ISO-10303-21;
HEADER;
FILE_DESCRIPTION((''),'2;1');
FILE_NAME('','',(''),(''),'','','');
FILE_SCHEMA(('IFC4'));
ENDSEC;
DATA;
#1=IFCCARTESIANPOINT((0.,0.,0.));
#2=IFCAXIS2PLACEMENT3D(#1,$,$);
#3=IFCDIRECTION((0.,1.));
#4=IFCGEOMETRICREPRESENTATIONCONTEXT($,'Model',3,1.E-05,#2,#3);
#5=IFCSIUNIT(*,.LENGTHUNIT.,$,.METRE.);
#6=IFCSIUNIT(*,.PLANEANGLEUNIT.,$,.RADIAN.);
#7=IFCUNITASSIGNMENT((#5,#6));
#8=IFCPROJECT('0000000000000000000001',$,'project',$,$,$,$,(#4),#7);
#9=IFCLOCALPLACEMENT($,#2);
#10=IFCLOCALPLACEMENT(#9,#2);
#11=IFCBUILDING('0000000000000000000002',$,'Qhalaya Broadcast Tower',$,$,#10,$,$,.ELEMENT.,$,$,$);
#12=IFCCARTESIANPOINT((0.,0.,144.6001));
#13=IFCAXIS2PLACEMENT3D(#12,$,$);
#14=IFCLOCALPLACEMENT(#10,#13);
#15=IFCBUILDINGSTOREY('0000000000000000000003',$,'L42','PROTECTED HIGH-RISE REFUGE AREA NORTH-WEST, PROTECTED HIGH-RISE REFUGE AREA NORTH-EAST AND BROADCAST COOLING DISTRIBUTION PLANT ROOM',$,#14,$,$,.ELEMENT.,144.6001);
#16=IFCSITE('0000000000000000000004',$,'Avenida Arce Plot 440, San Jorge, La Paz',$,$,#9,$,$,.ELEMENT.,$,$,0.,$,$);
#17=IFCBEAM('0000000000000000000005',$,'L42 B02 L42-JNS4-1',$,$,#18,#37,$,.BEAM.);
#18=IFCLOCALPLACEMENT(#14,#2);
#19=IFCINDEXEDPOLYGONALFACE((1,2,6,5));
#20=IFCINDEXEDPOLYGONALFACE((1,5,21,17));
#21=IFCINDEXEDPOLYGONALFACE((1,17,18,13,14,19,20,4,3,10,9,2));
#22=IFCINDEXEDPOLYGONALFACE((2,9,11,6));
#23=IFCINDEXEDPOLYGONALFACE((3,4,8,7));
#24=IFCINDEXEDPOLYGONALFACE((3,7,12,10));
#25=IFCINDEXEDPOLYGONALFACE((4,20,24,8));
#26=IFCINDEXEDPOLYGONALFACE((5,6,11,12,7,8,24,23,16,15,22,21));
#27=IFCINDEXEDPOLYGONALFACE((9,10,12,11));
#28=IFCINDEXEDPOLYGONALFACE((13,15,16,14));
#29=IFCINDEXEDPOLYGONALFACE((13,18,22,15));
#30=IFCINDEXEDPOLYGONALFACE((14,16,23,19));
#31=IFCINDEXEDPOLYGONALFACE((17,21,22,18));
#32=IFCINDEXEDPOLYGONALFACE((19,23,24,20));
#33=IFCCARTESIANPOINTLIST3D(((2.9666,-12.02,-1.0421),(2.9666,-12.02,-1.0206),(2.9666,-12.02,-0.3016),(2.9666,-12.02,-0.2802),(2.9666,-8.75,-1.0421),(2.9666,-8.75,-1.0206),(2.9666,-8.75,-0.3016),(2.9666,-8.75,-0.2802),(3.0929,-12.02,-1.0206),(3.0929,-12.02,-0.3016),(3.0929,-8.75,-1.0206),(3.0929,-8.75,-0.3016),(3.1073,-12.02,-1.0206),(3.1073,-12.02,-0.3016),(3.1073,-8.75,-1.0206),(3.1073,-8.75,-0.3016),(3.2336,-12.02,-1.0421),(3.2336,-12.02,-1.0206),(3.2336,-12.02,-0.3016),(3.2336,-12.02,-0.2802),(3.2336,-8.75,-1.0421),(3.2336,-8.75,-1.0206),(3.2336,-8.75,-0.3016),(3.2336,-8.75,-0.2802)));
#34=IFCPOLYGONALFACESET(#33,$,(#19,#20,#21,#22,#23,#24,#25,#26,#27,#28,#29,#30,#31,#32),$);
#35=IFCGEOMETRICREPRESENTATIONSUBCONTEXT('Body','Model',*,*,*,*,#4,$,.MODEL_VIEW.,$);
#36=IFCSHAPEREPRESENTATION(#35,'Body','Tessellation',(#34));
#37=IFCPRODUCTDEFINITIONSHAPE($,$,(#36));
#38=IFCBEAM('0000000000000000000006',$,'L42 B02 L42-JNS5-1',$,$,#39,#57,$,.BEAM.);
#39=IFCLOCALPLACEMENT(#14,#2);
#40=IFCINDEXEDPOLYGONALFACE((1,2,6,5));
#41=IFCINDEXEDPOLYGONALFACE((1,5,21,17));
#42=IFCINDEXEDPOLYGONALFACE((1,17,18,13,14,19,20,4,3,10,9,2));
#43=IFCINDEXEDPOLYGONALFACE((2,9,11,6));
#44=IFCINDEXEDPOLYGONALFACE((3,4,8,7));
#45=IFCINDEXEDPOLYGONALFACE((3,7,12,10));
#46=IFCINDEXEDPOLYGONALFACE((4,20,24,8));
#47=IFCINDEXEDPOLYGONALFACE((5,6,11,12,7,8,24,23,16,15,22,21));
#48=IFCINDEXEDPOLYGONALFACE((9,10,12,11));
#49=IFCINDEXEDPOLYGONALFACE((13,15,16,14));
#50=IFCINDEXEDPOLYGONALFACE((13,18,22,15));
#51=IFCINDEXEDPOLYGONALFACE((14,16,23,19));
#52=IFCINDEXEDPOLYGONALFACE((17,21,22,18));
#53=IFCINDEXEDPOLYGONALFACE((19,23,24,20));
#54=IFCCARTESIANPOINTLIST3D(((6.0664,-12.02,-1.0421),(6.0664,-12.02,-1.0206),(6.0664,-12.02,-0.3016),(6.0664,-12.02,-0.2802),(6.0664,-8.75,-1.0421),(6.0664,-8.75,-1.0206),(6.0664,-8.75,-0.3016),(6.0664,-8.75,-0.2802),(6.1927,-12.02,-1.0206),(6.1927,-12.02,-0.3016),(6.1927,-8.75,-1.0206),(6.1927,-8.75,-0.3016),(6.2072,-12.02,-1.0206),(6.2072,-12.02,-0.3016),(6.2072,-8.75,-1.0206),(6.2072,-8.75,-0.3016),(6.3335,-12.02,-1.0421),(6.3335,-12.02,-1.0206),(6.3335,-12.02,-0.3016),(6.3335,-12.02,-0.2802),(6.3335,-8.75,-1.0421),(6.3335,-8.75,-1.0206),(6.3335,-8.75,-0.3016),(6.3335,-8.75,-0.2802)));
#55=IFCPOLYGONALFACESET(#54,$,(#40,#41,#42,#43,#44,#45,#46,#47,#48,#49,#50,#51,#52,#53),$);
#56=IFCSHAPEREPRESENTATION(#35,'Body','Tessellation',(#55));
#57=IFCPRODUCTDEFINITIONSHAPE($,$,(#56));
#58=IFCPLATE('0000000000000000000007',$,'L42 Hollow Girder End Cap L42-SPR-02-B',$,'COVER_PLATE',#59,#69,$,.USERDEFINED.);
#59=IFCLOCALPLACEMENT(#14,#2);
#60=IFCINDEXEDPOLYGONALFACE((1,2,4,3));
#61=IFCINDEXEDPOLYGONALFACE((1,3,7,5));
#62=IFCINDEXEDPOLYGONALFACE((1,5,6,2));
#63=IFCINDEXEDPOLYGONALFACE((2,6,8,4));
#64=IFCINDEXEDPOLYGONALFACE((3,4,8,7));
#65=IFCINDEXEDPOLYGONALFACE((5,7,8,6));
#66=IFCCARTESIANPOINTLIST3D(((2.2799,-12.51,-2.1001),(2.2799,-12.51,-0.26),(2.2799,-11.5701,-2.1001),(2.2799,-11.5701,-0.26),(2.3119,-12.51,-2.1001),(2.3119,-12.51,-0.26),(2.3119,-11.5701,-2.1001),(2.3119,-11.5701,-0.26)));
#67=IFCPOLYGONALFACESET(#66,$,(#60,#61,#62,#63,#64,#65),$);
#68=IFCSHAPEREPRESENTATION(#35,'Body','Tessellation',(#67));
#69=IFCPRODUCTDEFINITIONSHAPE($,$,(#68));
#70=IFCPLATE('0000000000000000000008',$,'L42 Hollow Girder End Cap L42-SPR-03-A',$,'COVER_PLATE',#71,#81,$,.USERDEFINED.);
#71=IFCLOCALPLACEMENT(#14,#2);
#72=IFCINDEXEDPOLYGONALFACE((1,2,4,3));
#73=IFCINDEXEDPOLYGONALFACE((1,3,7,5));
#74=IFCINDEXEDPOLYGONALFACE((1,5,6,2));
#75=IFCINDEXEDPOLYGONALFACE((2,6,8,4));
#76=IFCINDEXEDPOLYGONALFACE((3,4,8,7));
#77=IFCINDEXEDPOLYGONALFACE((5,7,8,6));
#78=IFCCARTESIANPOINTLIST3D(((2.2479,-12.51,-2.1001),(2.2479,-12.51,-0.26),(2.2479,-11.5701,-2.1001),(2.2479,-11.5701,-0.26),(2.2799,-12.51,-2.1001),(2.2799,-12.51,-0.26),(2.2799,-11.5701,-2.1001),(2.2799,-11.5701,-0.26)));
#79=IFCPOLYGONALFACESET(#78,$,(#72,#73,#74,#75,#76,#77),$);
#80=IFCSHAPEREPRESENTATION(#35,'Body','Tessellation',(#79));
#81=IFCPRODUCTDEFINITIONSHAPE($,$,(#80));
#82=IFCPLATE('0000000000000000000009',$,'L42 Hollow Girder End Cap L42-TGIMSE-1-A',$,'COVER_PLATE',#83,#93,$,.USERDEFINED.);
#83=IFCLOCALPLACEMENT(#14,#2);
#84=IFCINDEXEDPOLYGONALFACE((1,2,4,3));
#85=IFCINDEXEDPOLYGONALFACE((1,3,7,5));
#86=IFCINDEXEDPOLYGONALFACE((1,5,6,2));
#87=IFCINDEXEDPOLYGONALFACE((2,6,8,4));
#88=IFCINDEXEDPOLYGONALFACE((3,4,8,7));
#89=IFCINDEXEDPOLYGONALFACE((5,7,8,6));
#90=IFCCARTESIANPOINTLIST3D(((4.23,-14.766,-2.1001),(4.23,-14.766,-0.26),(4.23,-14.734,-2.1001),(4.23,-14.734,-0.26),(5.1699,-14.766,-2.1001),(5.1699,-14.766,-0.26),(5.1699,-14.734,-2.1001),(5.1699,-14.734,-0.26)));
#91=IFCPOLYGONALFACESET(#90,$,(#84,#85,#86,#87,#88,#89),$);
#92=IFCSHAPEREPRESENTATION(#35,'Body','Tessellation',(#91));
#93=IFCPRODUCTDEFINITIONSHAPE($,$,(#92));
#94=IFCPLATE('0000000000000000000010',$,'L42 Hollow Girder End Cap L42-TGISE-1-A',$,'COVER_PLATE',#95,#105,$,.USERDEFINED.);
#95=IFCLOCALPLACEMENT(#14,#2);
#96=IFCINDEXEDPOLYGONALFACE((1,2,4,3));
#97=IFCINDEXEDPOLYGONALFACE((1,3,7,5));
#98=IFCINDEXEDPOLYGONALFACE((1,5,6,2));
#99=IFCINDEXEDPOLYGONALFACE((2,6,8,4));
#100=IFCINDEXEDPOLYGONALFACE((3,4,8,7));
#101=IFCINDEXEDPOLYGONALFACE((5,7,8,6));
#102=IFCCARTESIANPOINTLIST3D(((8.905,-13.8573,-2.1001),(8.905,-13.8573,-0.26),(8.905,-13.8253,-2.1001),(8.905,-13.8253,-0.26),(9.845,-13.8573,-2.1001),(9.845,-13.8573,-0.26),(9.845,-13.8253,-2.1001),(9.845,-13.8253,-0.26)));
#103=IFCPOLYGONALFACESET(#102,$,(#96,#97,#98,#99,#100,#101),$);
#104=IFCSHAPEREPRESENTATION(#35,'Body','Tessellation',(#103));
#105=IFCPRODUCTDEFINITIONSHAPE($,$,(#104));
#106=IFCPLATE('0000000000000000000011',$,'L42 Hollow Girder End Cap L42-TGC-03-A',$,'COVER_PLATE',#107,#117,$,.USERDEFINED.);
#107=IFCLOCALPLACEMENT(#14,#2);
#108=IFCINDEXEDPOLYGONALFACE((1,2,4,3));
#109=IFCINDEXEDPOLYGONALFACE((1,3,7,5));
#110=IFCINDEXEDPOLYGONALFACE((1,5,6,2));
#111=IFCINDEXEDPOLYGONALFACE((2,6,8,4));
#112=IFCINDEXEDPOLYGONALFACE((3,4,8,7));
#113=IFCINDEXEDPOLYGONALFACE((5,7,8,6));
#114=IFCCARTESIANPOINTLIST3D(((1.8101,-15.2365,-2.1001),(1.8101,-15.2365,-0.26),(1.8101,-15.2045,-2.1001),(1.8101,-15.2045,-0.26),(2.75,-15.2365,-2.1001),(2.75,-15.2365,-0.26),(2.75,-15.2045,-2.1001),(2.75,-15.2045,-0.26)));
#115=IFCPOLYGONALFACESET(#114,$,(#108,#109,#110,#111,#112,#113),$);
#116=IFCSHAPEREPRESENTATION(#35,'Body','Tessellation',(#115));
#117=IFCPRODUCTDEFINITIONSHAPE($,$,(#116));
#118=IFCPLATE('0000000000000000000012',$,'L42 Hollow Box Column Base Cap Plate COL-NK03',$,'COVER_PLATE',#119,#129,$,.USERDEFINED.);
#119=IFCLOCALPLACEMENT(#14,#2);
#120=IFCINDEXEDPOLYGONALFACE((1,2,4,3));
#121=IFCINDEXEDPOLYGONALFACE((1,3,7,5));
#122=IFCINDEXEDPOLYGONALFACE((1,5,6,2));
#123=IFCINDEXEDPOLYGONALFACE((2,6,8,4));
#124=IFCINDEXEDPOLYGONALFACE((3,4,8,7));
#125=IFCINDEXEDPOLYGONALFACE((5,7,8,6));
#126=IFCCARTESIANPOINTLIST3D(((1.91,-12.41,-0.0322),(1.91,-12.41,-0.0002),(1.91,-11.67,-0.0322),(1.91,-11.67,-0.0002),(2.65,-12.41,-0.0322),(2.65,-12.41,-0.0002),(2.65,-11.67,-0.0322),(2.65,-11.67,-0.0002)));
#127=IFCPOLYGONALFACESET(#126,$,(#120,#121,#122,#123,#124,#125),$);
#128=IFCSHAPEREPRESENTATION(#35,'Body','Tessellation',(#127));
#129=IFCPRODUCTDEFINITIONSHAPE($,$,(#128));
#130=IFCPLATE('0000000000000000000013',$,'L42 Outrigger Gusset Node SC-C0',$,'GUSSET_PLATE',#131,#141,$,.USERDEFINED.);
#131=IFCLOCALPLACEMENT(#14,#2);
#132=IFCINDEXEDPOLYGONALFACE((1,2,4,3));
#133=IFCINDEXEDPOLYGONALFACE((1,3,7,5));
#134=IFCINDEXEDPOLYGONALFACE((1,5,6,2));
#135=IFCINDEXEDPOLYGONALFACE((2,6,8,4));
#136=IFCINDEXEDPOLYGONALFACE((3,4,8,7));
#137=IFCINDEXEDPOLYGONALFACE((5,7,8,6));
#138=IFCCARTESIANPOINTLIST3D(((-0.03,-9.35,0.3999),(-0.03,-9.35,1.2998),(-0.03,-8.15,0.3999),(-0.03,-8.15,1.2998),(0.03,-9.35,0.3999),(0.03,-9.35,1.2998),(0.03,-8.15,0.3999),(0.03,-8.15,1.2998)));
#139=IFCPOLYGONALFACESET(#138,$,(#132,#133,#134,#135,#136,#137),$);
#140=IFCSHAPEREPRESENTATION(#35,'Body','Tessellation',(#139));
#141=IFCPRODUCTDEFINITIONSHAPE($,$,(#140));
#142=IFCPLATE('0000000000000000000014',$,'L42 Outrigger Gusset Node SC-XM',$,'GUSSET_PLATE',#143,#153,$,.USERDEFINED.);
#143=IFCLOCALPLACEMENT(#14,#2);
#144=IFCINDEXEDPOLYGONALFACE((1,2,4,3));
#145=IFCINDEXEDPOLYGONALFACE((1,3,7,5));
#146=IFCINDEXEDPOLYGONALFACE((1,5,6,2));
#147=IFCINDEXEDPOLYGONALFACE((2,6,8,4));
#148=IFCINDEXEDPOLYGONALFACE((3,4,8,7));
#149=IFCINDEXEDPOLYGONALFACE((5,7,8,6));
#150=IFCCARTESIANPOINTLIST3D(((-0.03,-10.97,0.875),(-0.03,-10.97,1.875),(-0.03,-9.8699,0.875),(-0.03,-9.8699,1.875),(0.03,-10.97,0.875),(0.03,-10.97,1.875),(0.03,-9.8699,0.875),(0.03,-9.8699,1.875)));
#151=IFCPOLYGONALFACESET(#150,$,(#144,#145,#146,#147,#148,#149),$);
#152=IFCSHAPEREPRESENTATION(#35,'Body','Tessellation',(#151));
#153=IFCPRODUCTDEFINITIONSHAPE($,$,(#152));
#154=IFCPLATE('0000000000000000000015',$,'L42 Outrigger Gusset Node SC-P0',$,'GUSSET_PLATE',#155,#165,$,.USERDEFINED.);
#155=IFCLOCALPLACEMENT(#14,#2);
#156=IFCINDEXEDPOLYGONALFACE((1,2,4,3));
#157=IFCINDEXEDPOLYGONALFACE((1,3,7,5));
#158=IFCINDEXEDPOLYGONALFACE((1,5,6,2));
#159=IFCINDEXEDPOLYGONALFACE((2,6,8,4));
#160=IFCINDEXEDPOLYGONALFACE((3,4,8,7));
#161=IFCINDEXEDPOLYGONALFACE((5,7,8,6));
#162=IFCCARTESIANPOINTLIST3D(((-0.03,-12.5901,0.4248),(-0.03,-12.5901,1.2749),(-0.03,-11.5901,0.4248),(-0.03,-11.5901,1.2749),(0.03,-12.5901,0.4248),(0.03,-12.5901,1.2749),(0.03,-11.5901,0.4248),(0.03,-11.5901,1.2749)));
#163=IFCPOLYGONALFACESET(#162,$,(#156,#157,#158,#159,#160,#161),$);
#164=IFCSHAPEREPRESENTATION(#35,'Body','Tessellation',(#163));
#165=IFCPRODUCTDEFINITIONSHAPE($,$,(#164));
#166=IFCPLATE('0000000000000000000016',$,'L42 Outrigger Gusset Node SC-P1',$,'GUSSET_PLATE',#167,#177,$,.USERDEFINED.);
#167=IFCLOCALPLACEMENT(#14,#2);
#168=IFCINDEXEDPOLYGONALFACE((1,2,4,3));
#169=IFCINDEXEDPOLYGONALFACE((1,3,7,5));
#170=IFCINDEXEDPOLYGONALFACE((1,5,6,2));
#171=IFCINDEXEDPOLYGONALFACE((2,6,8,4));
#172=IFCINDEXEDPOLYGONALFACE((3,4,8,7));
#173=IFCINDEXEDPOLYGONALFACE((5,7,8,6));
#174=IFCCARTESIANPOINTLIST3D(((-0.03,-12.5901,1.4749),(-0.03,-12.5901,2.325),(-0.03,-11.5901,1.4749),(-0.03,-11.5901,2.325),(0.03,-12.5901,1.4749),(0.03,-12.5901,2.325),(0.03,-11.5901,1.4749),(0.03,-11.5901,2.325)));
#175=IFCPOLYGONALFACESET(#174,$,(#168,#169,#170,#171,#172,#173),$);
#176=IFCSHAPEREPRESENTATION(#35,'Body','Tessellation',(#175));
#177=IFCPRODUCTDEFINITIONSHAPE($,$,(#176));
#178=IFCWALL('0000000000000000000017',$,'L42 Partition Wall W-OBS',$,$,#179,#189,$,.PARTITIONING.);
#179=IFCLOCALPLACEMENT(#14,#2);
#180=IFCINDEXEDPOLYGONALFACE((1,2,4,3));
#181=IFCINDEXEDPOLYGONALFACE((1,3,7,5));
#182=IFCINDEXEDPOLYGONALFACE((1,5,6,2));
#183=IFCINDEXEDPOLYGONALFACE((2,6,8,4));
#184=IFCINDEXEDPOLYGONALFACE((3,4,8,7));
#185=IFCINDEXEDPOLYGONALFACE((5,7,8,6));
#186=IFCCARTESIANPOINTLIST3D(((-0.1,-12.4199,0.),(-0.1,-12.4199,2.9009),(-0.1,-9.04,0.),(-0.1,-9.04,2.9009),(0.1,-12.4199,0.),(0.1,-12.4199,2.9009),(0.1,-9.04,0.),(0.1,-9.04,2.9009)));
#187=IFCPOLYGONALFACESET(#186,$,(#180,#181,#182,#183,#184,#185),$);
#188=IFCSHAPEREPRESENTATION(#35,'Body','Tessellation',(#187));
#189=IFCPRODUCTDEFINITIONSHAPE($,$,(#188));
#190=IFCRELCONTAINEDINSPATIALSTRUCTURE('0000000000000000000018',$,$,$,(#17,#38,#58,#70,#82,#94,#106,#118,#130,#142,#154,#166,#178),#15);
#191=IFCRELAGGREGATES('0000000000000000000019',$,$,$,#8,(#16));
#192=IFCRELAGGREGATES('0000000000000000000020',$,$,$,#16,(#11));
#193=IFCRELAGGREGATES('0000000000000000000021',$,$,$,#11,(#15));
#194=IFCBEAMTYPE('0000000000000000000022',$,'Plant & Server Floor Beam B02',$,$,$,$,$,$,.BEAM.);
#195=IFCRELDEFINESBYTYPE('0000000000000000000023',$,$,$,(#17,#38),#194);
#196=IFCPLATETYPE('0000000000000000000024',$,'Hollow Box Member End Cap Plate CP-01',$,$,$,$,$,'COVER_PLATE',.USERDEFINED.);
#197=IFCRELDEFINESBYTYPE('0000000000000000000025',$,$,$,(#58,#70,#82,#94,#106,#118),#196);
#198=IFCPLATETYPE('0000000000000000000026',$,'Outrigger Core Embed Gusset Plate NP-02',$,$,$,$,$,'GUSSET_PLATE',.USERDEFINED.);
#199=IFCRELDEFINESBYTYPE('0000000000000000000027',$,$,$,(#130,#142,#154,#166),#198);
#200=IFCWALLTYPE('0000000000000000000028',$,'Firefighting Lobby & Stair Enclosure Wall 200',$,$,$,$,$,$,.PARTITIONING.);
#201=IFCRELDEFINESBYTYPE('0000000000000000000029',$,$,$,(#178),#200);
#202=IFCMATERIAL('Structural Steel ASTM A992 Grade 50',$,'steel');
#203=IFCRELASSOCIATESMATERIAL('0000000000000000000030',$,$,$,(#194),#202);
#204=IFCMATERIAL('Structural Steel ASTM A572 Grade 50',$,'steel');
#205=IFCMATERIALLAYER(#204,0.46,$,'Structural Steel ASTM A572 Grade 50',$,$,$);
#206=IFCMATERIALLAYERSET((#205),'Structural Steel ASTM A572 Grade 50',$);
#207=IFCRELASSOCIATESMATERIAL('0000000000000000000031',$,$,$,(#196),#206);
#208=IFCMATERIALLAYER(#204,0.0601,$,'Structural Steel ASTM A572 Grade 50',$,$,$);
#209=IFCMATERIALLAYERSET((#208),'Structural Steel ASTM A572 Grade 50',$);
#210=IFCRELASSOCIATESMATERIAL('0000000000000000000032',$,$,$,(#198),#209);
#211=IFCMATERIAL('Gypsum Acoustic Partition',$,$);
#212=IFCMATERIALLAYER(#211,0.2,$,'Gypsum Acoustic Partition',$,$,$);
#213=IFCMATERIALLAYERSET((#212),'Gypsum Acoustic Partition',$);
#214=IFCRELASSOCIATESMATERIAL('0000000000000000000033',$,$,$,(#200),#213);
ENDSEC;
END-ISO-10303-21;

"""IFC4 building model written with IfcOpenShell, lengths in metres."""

from ifc_helpers import new_model, si_unit, direction, frame, frame_2d, origin, origin_2d, place, context, subcontext, project, spatial, rectangle, i_section, extrude, material, layer, layer_set, material_profile, profile_set, type_object, element, save


model = new_model("IFC4")

# Units and contexts
model_context = context("Model", 3, precision=1e-05, world=origin(), true_north=direction((0.0, 1.0)))
body_context = subcontext(model_context, "Body", "Model", "MODEL_VIEW")
ifc_project = project(units=[si_unit("LENGTHUNIT", "METRE"), si_unit("PLANEANGLEUNIT", "RADIAN")], contexts=[model_context])

# Site, building, storey
site_placement = place(None, origin())
site = spatial("IfcSite", under=ifc_project, at=site_placement, Name="Avenida Arce Plot 440, San Jorge, La Paz", CompositionType="ELEMENT", RefElevation=0.0)
building_placement = place(site_placement, origin())
building = spatial("IfcBuilding", under=site, at=building_placement, Name="Qhalaya Broadcast Tower", CompositionType="ELEMENT")
storey_placement = place(building_placement, frame((0.0, 0.0, 144.6001)))
storey = spatial("IfcBuildingStorey", under=building, at=storey_placement, Name="L42", Description="PROTECTED HIGH-RISE REFUGE AREA NORTH-WEST, PROTECTED HIGH-RISE REFUGE AREA NORTH-EAST AND BROADCAST COOLING DISTRIBUTION PLANT ROOM", CompositionType="ELEMENT", Elevation=144.6001)

# Shared definitions
ifc_material_1 = material(Name="Structural Steel ASTM A572 Grade 50", Category="steel")

# Beams
ifc_material_2 = material(Name="Structural Steel ASTM A992 Grade 50", Category="steel")
ifc_material_profile_1 = material_profile(ifc_material_2, i_section(OverallWidth=0.2671, OverallDepth=0.762, WebThickness=0.0144, FlangeThickness=0.0215, at=origin_2d()), Name="W30X116")
ifc_profile_set_1 = profile_set([ifc_material_profile_1], Name="Structural Steel ASTM A992 Grade 50")
beam_type_1 = type_object("IfcBeamType", Name="Plant & Server Floor Beam B02", PredefinedType="BEAM", material=ifc_profile_set_1)
for number, where, z_axis, x_axis, name in (
    (1, (3.1001, -12.02, -0.6611), (0.0, 1.0, 0.0), (-1.0, 0.0, 0.0), "L42 B02 L42-JNS4-1"),
    (2, (6.2, -12.02, -0.6611), (0.0, 1.0, 0.0), (-1.0, 0.0, 0.0), "L42 B02 L42-JNS5-1"),
):
    element("IfcBeam", number, at=place(storey_placement, frame(where, z_axis=z_axis, x_axis=x_axis)), inside=storey, type_object=beam_type_1, Name=name, PredefinedType="BEAM", context=body_context, shape_type="SweptSolid", body=[
        extrude(i_section(OverallWidth=0.2671, OverallDepth=0.762, WebThickness=0.0144, FlangeThickness=0.0215, at=origin_2d()), origin(), (0.0, 0.0, 1.0), 3.27),
    ])

# Plates
ifc_layer_1 = layer(ifc_material_1, 0.46, Name="Structural Steel ASTM A572 Grade 50")
ifc_layer_set_1 = layer_set([ifc_layer_1], Name="Structural Steel ASTM A572 Grade 50")
plate_type_1 = type_object("IfcPlateType", Name="Hollow Box Member End Cap Plate CP-01", ElementType="COVER_PLATE", PredefinedType="USERDEFINED", material=ifc_layer_set_1)
for number, where, z_axis, x_axis, name in (
    (3, (2.2959, -12.04, -2.1001), (0.0, 0.0, 1.0), (0.0, 1.0, 0.0), "L42 Hollow Girder End Cap L42-SPR-02-B"),
    (4, (2.2639, -12.04, -2.1001), (0.0, 0.0, 1.0), (0.0, 1.0, 0.0), "L42 Hollow Girder End Cap L42-SPR-03-A"),
    (5, (4.7, -14.75, -2.1001), (0.0, 0.0, 1.0), (-1.0, 0.0, 0.0), "L42 Hollow Girder End Cap L42-TGIMSE-1-A"),
    (6, (9.375, -13.8413, -2.1001), (0.0, 0.0, 1.0), (-1.0, 0.0, 0.0), "L42 Hollow Girder End Cap L42-TGISE-1-A"),
    (7, (2.28, -15.2205, -2.1001), (0.0, 0.0, 1.0), (-1.0, 0.0, 0.0), "L42 Hollow Girder End Cap L42-TGC-03-A"),
):
    element("IfcPlate", number, at=place(storey_placement, frame(where, z_axis=z_axis, x_axis=x_axis)), inside=storey, type_object=plate_type_1, Name=name, ObjectType="COVER_PLATE", PredefinedType="USERDEFINED", context=body_context, shape_type="SweptSolid", body=[
        extrude(rectangle(XDim=0.9399, YDim=0.032, at=origin_2d()), origin(), (0.0, 0.0, 1.0), 1.8401),
    ])
plate_1_placement = place(storey_placement, frame((2.28, -12.04, -0.0322), z_axis=(0.0, 0.0, 1.0), x_axis=(1.0, 0.0, 0.0)))
element("IfcPlate", 8, at=plate_1_placement, inside=storey, type_object=plate_type_1, Name="L42 Hollow Box Column Base Cap Plate COL-NK03", ObjectType="COVER_PLATE", PredefinedType="USERDEFINED", context=body_context, shape_type="SweptSolid", body=[
    extrude(rectangle(XDim=0.74, YDim=0.74, at=origin_2d()), origin(), (0.0, 0.0, 1.0), 0.032),
])
ifc_layer_2 = layer(ifc_material_1, 0.0601, Name="Structural Steel ASTM A572 Grade 50")
ifc_layer_set_2 = layer_set([ifc_layer_2], Name="Structural Steel ASTM A572 Grade 50")
plate_type_2 = type_object("IfcPlateType", Name="Outrigger Core Embed Gusset Plate NP-02", ElementType="GUSSET_PLATE", PredefinedType="USERDEFINED", material=ifc_layer_set_2)
plate_2_placement = place(storey_placement, frame((0.0, -8.75, 0.3999), z_axis=(0.0, 0.0, 1.0), x_axis=(0.0, -1.0, 0.0)))
element("IfcPlate", 9, at=plate_2_placement, inside=storey, type_object=plate_type_2, Name="L42 Outrigger Gusset Node SC-C0", ObjectType="GUSSET_PLATE", PredefinedType="USERDEFINED", context=body_context, shape_type="SweptSolid", body=[
    extrude(rectangle(XDim=1.2, YDim=0.0601, at=origin_2d()), origin(), (0.0, 0.0, 1.0), 0.8999),
])
plate_3_placement = place(storey_placement, frame((0.0, -10.4199, 0.875), z_axis=(0.0, 0.0, 1.0), x_axis=(0.0, -1.0, 0.0)))
element("IfcPlate", 10, at=plate_3_placement, inside=storey, type_object=plate_type_2, Name="L42 Outrigger Gusset Node SC-XM", ObjectType="GUSSET_PLATE", PredefinedType="USERDEFINED", context=body_context, shape_type="SweptSolid", body=[
    extrude(rectangle(XDim=1.1001, YDim=0.0601, at=origin_2d()), origin(), (0.0, 0.0, 1.0), 1.0),
])
for number, where, z_axis, x_axis, name in (
    (11, (0.0, -12.0901, 0.4248), (0.0, 0.0, 1.0), (0.0, -1.0, 0.0), "L42 Outrigger Gusset Node SC-P0"),
    (12, (0.0, -12.0901, 1.4749), (0.0, 0.0, 1.0), (0.0, -1.0, 0.0), "L42 Outrigger Gusset Node SC-P1"),
):
    element("IfcPlate", number, at=place(storey_placement, frame(where, z_axis=z_axis, x_axis=x_axis)), inside=storey, type_object=plate_type_2, Name=name, ObjectType="GUSSET_PLATE", PredefinedType="USERDEFINED", context=body_context, shape_type="SweptSolid", body=[
        extrude(rectangle(XDim=1.0, YDim=0.0601, at=origin_2d()), origin(), (0.0, 0.0, 1.0), 0.8501),
    ])

# Wall
ifc_material_3 = material(Name="Gypsum Acoustic Partition")
ifc_layer_3 = layer(ifc_material_3, 0.2, Name="Gypsum Acoustic Partition")
ifc_layer_set_3 = layer_set([ifc_layer_3], Name="Gypsum Acoustic Partition")
wall_type_1 = type_object("IfcWallType", Name="Firefighting Lobby & Stair Enclosure Wall 200", PredefinedType="PARTITIONING", material=ifc_layer_set_3)
wall_1_placement = place(storey_placement, frame((0.0, -12.4199, 0.0), z_axis=(0.0, 0.0, 1.0), x_axis=(0.0, 1.0, 0.0)))
element("IfcWall", 13, at=wall_1_placement, inside=storey, type_object=wall_type_1, Name="L42 Partition Wall W-OBS", PredefinedType="PARTITIONING", context=body_context, shape_type="SweptSolid", body=[
    extrude(rectangle(XDim=3.3799, YDim=0.2, at=frame_2d((1.6899, 0.0))), origin(), (0.0, 0.0, 1.0), 2.9009),
])

save(model, "model.ifc")
